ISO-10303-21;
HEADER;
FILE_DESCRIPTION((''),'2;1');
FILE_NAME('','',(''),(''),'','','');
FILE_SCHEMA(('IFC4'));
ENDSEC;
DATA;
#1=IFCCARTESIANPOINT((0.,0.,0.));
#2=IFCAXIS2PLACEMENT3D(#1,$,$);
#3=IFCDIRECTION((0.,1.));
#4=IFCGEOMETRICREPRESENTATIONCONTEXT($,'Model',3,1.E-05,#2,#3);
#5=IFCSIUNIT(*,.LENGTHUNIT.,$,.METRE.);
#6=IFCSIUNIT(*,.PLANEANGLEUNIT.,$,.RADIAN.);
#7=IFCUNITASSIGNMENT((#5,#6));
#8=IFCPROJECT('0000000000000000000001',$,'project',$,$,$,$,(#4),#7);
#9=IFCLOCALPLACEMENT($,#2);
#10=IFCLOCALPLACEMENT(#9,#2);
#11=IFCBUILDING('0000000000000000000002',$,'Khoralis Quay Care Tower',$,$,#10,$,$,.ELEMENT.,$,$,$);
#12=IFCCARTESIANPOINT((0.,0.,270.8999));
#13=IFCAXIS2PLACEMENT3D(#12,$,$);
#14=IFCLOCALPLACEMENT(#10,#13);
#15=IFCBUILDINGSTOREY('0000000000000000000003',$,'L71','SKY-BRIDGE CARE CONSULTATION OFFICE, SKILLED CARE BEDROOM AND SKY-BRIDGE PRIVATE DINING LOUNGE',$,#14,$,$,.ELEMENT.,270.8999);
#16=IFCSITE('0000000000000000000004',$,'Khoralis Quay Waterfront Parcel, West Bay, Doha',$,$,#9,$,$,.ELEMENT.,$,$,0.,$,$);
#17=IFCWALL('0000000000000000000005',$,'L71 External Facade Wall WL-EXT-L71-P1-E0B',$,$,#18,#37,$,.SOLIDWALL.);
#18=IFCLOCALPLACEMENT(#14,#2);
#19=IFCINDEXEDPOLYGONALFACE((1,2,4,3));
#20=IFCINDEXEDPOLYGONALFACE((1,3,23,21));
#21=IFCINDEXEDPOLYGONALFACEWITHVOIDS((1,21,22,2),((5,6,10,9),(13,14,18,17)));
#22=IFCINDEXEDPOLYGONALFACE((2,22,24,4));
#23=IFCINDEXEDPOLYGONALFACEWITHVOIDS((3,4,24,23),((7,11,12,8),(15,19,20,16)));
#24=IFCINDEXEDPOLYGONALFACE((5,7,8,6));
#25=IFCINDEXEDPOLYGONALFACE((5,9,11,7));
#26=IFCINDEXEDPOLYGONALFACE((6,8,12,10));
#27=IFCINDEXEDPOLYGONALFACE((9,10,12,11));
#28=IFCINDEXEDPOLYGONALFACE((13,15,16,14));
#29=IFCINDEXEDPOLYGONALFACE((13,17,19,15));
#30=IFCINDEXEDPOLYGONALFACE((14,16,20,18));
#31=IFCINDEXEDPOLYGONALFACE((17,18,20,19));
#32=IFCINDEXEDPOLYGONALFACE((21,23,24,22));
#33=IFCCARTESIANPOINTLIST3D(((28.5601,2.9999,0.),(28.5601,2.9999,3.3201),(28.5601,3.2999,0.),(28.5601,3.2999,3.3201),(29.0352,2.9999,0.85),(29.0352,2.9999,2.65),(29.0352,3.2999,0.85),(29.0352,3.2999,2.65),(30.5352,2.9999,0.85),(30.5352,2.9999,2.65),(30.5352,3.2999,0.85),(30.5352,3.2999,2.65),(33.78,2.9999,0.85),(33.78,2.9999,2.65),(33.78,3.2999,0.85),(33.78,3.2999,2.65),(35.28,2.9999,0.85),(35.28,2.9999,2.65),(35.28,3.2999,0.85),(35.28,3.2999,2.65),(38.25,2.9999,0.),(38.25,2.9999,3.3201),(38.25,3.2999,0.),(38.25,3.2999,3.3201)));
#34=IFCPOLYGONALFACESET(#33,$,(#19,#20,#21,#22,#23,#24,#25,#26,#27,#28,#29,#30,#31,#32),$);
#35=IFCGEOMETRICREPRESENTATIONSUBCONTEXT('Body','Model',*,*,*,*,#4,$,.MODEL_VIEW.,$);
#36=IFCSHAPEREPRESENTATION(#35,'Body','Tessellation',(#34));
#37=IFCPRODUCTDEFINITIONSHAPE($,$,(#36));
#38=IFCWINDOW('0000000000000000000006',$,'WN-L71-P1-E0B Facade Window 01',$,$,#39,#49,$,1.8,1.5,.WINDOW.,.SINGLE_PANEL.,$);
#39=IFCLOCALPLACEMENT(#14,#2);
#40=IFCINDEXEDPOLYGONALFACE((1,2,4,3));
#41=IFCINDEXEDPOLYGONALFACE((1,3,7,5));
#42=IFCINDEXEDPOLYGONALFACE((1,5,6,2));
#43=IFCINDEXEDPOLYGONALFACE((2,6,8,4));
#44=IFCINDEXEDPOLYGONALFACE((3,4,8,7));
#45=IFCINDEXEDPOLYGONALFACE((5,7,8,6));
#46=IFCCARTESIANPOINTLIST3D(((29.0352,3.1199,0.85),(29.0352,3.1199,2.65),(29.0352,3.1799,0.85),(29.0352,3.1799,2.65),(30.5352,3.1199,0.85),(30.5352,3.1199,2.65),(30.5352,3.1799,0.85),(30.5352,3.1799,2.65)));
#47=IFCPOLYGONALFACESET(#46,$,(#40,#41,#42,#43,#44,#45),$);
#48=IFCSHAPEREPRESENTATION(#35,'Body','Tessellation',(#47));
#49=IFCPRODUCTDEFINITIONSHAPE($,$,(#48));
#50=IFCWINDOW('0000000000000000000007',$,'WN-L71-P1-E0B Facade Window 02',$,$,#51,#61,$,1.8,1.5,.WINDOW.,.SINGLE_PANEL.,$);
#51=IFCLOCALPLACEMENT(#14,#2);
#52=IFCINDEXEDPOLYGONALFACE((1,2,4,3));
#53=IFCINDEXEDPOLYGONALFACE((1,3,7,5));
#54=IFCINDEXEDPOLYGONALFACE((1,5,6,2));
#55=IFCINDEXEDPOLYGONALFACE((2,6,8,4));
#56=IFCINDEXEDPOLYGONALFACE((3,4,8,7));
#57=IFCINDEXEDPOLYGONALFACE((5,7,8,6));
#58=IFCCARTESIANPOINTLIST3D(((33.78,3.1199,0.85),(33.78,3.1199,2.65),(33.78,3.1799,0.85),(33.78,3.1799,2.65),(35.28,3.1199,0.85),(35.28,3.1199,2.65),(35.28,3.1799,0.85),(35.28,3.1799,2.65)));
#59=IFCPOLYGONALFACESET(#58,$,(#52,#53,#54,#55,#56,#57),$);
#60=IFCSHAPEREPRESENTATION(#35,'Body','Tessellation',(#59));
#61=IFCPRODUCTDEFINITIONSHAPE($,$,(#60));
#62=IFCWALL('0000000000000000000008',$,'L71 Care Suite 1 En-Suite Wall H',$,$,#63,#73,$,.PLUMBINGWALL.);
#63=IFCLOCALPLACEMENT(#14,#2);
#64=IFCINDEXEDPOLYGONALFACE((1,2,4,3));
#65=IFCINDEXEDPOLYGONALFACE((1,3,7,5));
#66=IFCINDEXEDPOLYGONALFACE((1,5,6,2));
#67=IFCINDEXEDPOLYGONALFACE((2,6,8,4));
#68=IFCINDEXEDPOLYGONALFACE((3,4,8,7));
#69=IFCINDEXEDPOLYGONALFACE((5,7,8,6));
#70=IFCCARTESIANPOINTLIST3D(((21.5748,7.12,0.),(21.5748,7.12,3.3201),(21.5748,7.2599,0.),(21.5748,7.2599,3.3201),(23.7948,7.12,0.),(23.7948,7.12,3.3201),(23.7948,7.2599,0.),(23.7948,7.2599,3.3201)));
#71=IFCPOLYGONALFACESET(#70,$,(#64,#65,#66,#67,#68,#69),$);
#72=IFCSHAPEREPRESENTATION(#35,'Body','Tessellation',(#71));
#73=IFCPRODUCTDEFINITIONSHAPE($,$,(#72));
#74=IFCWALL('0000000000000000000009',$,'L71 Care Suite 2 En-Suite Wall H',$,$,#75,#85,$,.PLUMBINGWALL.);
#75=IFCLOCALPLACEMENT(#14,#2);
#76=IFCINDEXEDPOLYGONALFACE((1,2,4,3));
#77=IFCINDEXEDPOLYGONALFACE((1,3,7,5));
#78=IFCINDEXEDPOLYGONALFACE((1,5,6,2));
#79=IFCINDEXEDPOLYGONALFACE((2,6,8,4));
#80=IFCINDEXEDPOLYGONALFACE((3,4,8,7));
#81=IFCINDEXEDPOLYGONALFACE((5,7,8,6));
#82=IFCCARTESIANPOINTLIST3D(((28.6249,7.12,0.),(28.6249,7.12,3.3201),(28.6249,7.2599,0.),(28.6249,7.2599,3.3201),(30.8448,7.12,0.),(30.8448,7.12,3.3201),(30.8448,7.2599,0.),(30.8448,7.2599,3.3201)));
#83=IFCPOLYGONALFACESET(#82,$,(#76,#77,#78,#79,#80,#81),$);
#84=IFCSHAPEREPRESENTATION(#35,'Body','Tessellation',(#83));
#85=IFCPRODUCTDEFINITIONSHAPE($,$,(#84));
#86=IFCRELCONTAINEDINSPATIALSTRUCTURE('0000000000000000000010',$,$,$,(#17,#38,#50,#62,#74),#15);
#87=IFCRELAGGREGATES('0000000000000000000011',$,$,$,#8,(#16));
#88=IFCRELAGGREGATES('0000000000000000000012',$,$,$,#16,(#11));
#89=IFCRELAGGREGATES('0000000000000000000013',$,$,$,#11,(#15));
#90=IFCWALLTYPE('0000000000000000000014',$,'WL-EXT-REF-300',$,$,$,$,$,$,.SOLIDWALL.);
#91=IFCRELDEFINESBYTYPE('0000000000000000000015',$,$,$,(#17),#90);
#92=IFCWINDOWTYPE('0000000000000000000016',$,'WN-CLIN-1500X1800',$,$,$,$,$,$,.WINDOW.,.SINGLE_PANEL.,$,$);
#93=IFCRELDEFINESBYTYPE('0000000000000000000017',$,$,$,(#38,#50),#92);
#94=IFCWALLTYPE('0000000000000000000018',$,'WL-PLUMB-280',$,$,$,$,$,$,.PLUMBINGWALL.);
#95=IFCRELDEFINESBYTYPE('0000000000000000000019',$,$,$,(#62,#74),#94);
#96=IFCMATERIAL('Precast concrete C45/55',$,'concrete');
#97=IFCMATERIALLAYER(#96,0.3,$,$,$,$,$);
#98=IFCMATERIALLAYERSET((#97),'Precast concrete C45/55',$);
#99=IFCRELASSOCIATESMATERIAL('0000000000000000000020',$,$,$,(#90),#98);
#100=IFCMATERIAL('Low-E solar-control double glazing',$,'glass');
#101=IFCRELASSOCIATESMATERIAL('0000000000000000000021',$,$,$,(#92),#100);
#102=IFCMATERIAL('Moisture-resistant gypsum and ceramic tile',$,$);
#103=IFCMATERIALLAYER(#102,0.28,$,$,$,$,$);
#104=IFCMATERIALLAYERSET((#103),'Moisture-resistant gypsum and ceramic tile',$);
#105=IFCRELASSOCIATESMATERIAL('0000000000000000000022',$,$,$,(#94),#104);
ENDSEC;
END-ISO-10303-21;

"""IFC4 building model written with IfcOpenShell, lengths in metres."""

from ifc_helpers import new_model, si_unit, direction, frame, frame_2d, origin, place, context, subcontext, project, spatial, rectangle, extrude, source, transform, mapped, material, layer, layer_set, type_object, element, fill, save


model = new_model("IFC4")

# Units and contexts
model_context = context("Model", 3, precision=1e-05, world=origin(), true_north=direction((0.0, 1.0)))
body_context = subcontext(model_context, "Body", "Model", "MODEL_VIEW")
ifc_project = project(units=[si_unit("LENGTHUNIT", "METRE"), si_unit("PLANEANGLEUNIT", "RADIAN")], contexts=[model_context])

# Site, building, storey
site_placement = place(None, origin())
site = spatial("IfcSite", under=ifc_project, at=site_placement, Name="Khoralis Quay Waterfront Parcel, West Bay, Doha", CompositionType="ELEMENT", RefElevation=0.0)
building_placement = place(site_placement, origin())
building = spatial("IfcBuilding", under=site, at=building_placement, Name="Khoralis Quay Care Tower", CompositionType="ELEMENT")
storey_placement = place(building_placement, frame((0.0, 0.0, 270.8999)))
storey = spatial("IfcBuildingStorey", under=building, at=storey_placement, Name="L71", Description="SKY-BRIDGE CARE CONSULTATION OFFICE, SKILLED CARE BEDROOM AND SKY-BRIDGE PRIVATE DINING LOUNGE", CompositionType="ELEMENT", Elevation=270.8999)

# Shared definitions
ifc_material_1 = material(Name="Low-E solar-control double glazing", Category="glass")

# Wall, openings, windows
ifc_material_2 = material(Name="Precast concrete C45/55", Category="concrete")
ifc_layer_1 = layer(ifc_material_2, 0.3)
ifc_layer_set_1 = layer_set([ifc_layer_1], Name="Precast concrete C45/55")
wall_type_1 = type_object("IfcWallType", Name="WL-EXT-REF-300", PredefinedType="SOLIDWALL", material=ifc_layer_set_1)
wall_1_placement = place(storey_placement, frame((28.5601, 3.1499, 0.0), z_axis=(0.0, 0.0, 1.0), x_axis=(1.0, 0.0, 0.0)))
wall_1 = element("IfcWall", 1, at=wall_1_placement, inside=storey, type_object=wall_type_1, Name="L71 External Facade Wall WL-EXT-L71-P1-E0B", PredefinedType="SOLIDWALL", context=body_context, shape_type="SweptSolid", body=[
    extrude(rectangle(XDim=9.6899, YDim=0.3, at=frame_2d((4.845, 0.0))), origin(), (0.0, 0.0, 1.0), 3.3201),
])
opening_1_placement = place(wall_1_placement, frame((0.4751, 0.0, 0.8501)))
opening_1 = element("IfcOpeningElement", 2, at=opening_1_placement, cuts=wall_1, PredefinedType="OPENING", context=body_context, shape_type="SweptSolid", body=[
    extrude(rectangle(XDim=1.5, YDim=1.8, at=frame_2d((0.75, 0.8999))), frame((0.0, 0.1602, 0.0), z_axis=(0.0, -1.0, 0.0), x_axis=(1.0, 0.0, 0.0)), (0.0, 0.0, 1.0), 0.3201),
])
opening_2_placement = place(wall_1_placement, frame((5.22, 0.0, 0.8501)))
opening_2 = element("IfcOpeningElement", 3, at=opening_2_placement, cuts=wall_1, PredefinedType="OPENING", context=body_context, shape_type="SweptSolid", body=[
    extrude(rectangle(XDim=1.5, YDim=1.8, at=frame_2d((0.75, 0.8999))), frame((0.0, 0.1602, 0.0), z_axis=(0.0, -1.0, 0.0), x_axis=(1.0, 0.0, 0.0)), (0.0, 0.0, 1.0), 0.3201),
])
window_type = type_object("IfcWindowType", Name="WN-CLIN-1500X1800", PartitioningType="SINGLE_PANEL", PredefinedType="WINDOW", material=ifc_material_1)
shared_shape_1 = source(origin(), body_context, "Body", "SweptSolid", [
    extrude(rectangle(XDim=1.5, YDim=1.8, at=frame_2d((0.75, 0.8999))), frame((0.0, 0.03, 0.0), z_axis=(0.0, -1.0, 0.0), x_axis=(1.0, 0.0, 0.0)), (0.0, 0.0, 1.0), 0.0601),
])
window_1_placement = place(opening_1_placement, origin())
window_1 = element("IfcWindow", 4, at=window_1_placement, inside=storey, type_object=window_type, Name="WN-L71-P1-E0B Facade Window 01", OverallHeight=1.8, OverallWidth=1.5, PartitioningType="SINGLE_PANEL", PredefinedType="WINDOW", context=body_context, shape_type="MappedRepresentation", body=[
    mapped(shared_shape_1, transform((0.0, 0.0, 0.0), scale=1.0)),
])
fill(opening_1, window_1)
window_2_placement = place(opening_2_placement, origin())
window_2 = element("IfcWindow", 5, at=window_2_placement, inside=storey, type_object=window_type, Name="WN-L71-P1-E0B Facade Window 02", OverallHeight=1.8, OverallWidth=1.5, PartitioningType="SINGLE_PANEL", PredefinedType="WINDOW", context=body_context, shape_type="MappedRepresentation", body=[
    mapped(shared_shape_1, transform((0.0, 0.0, 0.0), scale=1.0)),
])
fill(opening_2, window_2)

# Walls
ifc_material_3 = material(Name="Moisture-resistant gypsum and ceramic tile")
ifc_layer_2 = layer(ifc_material_3, 0.28)
ifc_layer_set_2 = layer_set([ifc_layer_2], Name="Moisture-resistant gypsum and ceramic tile")
wall_type_2 = type_object("IfcWallType", Name="WL-PLUMB-280", PredefinedType="PLUMBINGWALL", material=ifc_layer_set_2)
for number, where, z_axis, x_axis, name in (
    (6, (21.575, 7.1899, 0.0), (0.0, 0.0, 1.0), (1.0, 0.0, 0.0), "L71 Care Suite 1 En-Suite Wall H"),
    (7, (28.625, 7.1899, 0.0), (0.0, 0.0, 1.0), (1.0, 0.0, 0.0), "L71 Care Suite 2 En-Suite Wall H"),
):
    element("IfcWall", number, at=place(storey_placement, frame(where, z_axis=z_axis, x_axis=x_axis)), inside=storey, type_object=wall_type_2, Name=name, PredefinedType="PLUMBINGWALL", context=body_context, shape_type="SweptSolid", body=[
        extrude(rectangle(XDim=2.22, YDim=0.1399, at=frame_2d((1.1099, 0.0))), origin(), (0.0, 0.0, 1.0), 3.3201),
    ])

save(model, "model.ifc")
